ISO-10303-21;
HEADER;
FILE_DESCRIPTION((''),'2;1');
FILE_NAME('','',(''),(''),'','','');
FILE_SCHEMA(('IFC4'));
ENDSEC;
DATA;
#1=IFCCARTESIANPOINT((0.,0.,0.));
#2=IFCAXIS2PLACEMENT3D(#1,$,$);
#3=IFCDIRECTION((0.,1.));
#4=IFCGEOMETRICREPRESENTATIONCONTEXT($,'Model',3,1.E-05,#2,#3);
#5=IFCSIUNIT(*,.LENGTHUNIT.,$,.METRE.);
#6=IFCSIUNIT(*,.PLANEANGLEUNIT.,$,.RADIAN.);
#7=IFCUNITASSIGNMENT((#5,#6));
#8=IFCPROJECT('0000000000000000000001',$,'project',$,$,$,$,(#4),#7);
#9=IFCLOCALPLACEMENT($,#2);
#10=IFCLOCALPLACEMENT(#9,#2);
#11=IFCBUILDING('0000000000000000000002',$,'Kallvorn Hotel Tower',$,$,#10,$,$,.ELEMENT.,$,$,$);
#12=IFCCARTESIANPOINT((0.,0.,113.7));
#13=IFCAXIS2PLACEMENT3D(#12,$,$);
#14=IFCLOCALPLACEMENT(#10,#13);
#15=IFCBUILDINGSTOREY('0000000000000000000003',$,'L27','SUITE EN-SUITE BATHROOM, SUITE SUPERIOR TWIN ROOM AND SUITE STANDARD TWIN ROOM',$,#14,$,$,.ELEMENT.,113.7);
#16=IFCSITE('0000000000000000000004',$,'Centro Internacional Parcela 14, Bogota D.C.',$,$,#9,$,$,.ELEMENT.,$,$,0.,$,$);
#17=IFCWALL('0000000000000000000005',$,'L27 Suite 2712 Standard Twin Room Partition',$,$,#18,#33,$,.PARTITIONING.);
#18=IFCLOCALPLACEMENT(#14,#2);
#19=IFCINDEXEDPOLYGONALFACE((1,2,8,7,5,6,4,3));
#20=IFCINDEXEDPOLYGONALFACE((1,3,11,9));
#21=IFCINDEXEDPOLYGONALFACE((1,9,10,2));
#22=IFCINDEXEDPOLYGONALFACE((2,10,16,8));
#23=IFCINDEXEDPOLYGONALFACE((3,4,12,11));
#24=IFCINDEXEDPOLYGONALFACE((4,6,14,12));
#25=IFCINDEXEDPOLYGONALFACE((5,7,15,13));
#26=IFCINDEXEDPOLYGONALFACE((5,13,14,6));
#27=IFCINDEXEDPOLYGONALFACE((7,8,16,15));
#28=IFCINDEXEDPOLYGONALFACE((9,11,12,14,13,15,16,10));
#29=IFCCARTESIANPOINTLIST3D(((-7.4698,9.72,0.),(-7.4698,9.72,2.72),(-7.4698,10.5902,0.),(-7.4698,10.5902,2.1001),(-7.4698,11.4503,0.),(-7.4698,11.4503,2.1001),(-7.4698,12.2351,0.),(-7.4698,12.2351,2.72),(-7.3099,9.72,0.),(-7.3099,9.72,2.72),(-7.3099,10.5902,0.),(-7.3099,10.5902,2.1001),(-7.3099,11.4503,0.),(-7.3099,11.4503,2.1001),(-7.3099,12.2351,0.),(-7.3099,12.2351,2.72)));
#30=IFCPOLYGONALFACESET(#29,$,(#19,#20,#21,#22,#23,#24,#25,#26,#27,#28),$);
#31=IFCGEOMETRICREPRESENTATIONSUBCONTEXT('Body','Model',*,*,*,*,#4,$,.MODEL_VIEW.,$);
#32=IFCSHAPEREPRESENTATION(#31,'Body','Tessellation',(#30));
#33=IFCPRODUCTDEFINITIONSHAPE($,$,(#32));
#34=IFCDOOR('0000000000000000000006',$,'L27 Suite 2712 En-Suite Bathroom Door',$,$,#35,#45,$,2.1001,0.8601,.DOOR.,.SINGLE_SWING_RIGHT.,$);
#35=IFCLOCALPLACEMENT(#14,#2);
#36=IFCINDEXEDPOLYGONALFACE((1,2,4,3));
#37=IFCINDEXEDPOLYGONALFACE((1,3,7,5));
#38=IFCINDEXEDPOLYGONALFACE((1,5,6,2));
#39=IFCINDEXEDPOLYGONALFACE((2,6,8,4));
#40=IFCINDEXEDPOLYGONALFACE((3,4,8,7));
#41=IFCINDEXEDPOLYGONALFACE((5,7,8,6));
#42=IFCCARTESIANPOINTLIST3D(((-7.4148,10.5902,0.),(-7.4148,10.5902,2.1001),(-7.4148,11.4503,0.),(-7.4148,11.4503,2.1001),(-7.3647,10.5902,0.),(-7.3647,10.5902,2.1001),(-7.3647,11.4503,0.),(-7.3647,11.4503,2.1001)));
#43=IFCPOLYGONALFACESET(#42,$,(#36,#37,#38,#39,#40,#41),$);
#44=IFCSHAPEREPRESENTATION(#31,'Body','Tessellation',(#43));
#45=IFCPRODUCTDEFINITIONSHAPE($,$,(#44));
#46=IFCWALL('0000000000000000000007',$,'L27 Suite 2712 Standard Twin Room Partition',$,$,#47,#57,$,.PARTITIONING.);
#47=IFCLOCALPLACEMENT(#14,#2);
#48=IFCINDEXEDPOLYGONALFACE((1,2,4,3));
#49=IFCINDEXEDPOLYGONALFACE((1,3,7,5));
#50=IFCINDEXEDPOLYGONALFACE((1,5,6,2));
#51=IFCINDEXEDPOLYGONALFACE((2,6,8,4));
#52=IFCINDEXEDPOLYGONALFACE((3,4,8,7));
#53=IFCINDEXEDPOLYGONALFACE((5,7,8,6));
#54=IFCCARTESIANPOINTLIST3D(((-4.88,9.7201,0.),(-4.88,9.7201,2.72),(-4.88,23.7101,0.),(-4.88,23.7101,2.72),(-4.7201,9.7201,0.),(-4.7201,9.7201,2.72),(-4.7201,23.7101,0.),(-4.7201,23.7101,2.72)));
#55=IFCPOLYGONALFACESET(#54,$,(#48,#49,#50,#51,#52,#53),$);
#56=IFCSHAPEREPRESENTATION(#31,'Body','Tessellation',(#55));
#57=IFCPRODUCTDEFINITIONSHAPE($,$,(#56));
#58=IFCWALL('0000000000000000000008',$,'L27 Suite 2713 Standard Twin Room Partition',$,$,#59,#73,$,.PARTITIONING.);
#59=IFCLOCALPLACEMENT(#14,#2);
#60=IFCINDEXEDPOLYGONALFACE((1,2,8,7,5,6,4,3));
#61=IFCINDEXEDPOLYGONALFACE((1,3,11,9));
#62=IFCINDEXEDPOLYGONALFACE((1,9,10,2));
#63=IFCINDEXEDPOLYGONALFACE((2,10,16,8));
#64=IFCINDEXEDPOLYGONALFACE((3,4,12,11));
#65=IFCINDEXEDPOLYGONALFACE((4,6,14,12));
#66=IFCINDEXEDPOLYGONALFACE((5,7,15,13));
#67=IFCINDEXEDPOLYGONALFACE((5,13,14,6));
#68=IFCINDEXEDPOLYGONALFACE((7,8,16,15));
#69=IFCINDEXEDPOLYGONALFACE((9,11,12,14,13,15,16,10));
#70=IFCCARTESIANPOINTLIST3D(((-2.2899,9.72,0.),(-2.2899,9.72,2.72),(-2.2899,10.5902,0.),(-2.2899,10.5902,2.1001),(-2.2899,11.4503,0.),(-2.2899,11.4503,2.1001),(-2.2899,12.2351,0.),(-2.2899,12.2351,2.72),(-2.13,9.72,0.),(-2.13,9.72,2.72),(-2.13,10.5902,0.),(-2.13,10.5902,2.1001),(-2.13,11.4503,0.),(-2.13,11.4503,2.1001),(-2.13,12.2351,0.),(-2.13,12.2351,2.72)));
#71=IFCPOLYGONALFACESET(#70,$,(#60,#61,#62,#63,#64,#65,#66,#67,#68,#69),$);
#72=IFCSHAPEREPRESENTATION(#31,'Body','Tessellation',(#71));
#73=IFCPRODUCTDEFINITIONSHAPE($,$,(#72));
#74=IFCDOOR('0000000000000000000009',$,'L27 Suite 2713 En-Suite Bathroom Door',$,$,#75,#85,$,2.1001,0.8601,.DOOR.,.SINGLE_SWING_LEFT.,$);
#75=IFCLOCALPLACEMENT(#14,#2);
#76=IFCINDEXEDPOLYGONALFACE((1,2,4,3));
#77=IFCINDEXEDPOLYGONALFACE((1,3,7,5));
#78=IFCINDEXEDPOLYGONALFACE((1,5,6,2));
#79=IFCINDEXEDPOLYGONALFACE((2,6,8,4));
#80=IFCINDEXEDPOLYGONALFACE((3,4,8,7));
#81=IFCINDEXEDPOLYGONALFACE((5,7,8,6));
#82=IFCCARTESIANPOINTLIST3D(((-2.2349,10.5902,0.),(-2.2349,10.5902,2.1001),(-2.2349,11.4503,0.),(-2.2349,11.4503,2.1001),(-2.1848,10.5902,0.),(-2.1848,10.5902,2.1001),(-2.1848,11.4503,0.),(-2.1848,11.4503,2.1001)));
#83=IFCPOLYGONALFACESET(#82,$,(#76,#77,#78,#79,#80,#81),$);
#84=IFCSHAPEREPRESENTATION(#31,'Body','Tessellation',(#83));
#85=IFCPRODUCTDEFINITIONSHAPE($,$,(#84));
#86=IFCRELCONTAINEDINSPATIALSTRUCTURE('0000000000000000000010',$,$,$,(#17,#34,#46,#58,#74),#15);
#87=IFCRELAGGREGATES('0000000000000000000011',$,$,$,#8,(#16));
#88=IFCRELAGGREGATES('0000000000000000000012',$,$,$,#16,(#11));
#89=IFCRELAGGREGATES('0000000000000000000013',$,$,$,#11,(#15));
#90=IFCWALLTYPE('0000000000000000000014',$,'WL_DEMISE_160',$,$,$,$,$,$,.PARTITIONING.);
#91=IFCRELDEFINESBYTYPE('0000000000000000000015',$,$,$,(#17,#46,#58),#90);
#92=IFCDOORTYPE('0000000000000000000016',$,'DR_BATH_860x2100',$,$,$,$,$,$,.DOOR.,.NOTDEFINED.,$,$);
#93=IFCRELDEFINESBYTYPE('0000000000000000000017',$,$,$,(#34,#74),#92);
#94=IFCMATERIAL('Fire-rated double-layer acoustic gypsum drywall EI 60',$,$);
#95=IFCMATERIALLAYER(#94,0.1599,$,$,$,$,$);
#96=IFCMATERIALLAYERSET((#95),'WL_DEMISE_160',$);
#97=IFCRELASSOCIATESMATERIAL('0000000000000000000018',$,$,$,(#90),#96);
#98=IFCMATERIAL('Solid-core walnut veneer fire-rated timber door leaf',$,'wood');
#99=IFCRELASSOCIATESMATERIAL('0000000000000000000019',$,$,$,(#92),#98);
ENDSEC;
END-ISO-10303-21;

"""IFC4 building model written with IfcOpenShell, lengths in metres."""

from ifc_helpers import new_model, si_unit, direction, frame, frame_2d, origin, place, context, subcontext, project, spatial, rectangle, extrude, material, layer, layer_set, type_object, element, fill, save


model = new_model("IFC4")

# Units and contexts
model_context = context("Model", 3, precision=1e-05, world=origin(), true_north=direction((0.0, 1.0)))
body_context = subcontext(model_context, "Body", "Model", "MODEL_VIEW")
ifc_project = project(units=[si_unit("LENGTHUNIT", "METRE"), si_unit("PLANEANGLEUNIT", "RADIAN")], contexts=[model_context])

# Site, building, storey
site_placement = place(None, origin())
site = spatial("IfcSite", under=ifc_project, at=site_placement, Name="Centro Internacional Parcela 14, Bogota D.C.", CompositionType="ELEMENT", RefElevation=0.0)
building_placement = place(site_placement, origin())
building = spatial("IfcBuilding", under=site, at=building_placement, Name="Kallvorn Hotel Tower", CompositionType="ELEMENT")
storey_placement = place(building_placement, frame((0.0, 0.0, 113.7)))
storey = spatial("IfcBuildingStorey", under=building, at=storey_placement, Name="L27", Description="SUITE EN-SUITE BATHROOM, SUITE SUPERIOR TWIN ROOM AND SUITE STANDARD TWIN ROOM", CompositionType="ELEMENT", Elevation=113.7)

# Shared definitions
ifc_material_1 = material(Name="Fire-rated double-layer acoustic gypsum drywall EI 60")
ifc_layer_1 = layer(ifc_material_1, 0.1599)
ifc_layer_set_1 = layer_set([ifc_layer_1], Name="WL_DEMISE_160")
wall_type = type_object("IfcWallType", Name="WL_DEMISE_160", PredefinedType="PARTITIONING", material=ifc_layer_set_1)

# Wall, opening, door
wall_1_placement = place(storey_placement, frame((-7.3899, 9.72, 0.0), z_axis=(0.0, 0.0, 1.0), x_axis=(0.0, 1.0, 0.0)))
wall_1 = element("IfcWall", 1, at=wall_1_placement, inside=storey, type_object=wall_type, Name="L27 Suite 2712 Standard Twin Room Partition", PredefinedType="PARTITIONING", context=body_context, shape_type="SweptSolid", body=[
    extrude(rectangle(XDim=2.5151, YDim=0.1599, at=frame_2d((1.2576, 0.0))), origin(), (0.0, 0.0, 1.0), 2.72),
])
opening_1_placement = place(wall_1_placement, frame((0.8701, 0.0, 0.0)))
opening_1 = element("IfcOpeningElement", 2, at=opening_1_placement, cuts=wall_1, PredefinedType="OPENING", context=body_context, shape_type="SweptSolid", body=[
    extrude(rectangle(XDim=0.8601, YDim=2.1001, at=frame_2d((0.4302, 1.05))), frame((0.0, 0.095, 0.0), z_axis=(0.0, -1.0, 0.0), x_axis=(1.0, 0.0, 0.0)), (0.0, 0.0, 1.0), 0.1899),
])
ifc_material_2 = material(Name="Solid-core walnut veneer fire-rated timber door leaf", Category="wood")
door_type = type_object("IfcDoorType", Name="DR_BATH_860x2100", OperationType="NOTDEFINED", PredefinedType="DOOR", material=ifc_material_2)
door_1_placement = place(opening_1_placement, origin())
door_1 = element("IfcDoor", 3, at=door_1_placement, inside=storey, type_object=door_type, Name="L27 Suite 2712 En-Suite Bathroom Door", OperationType="SINGLE_SWING_RIGHT", OverallHeight=2.1001, OverallWidth=0.8601, PredefinedType="DOOR", context=body_context, shape_type="SweptSolid", body=[
    extrude(rectangle(XDim=0.8601, YDim=2.1001, at=frame_2d((0.4302, 1.05))), frame((0.0, 0.0249, 0.0), z_axis=(0.0, -1.0, 0.0), x_axis=(1.0, 0.0, 0.0)), (0.0, 0.0, 1.0), 0.05),
])
fill(opening_1, door_1)

# Wall
wall_2_placement = place(storey_placement, frame((-4.8, 9.72, 0.0), z_axis=(0.0, 0.0, 1.0), x_axis=(0.0, 1.0, 0.0)))
element("IfcWall", 4, at=wall_2_placement, inside=storey, type_object=wall_type, Name="L27 Suite 2712 Standard Twin Room Partition", PredefinedType="PARTITIONING", context=body_context, shape_type="SweptSolid", body=[
    extrude(rectangle(XDim=13.99, YDim=0.1599, at=frame_2d((6.9951, 0.0))), origin(), (0.0, 0.0, 1.0), 2.72),
])

# Wall, opening, door
wall_3_placement = place(storey_placement, frame((-2.21, 9.72, 0.0), z_axis=(0.0, 0.0, 1.0), x_axis=(0.0, 1.0, 0.0)))
wall_3 = element("IfcWall", 5, at=wall_3_placement, inside=storey, type_object=wall_type, Name="L27 Suite 2713 Standard Twin Room Partition", PredefinedType="PARTITIONING", context=body_context, shape_type="SweptSolid", body=[
    extrude(rectangle(XDim=2.5151, YDim=0.1599, at=frame_2d((1.2576, 0.0))), origin(), (0.0, 0.0, 1.0), 2.72),
])
opening_2_placement = place(wall_3_placement, frame((0.8701, 0.0, 0.0)))
opening_2 = element("IfcOpeningElement", 6, at=opening_2_placement, cuts=wall_3, PredefinedType="OPENING", context=body_context, shape_type="SweptSolid", body=[
    extrude(rectangle(XDim=0.8601, YDim=2.1001, at=frame_2d((0.4302, 1.05))), frame((0.0, 0.095, 0.0), z_axis=(0.0, -1.0, 0.0), x_axis=(1.0, 0.0, 0.0)), (0.0, 0.0, 1.0), 0.1899),
])
door_2_placement = place(opening_2_placement, origin())
door_2 = element("IfcDoor", 7, at=door_2_placement, inside=storey, type_object=door_type, Name="L27 Suite 2713 En-Suite Bathroom Door", OperationType="SINGLE_SWING_LEFT", OverallHeight=2.1001, OverallWidth=0.8601, PredefinedType="DOOR", context=body_context, shape_type="SweptSolid", body=[
    extrude(rectangle(XDim=0.8601, YDim=2.1001, at=frame_2d((0.4302, 1.05))), frame((0.0, 0.0249, 0.0), z_axis=(0.0, -1.0, 0.0), x_axis=(1.0, 0.0, 0.0)), (0.0, 0.0, 1.0), 0.05),
])
fill(opening_2, door_2)

save(model, "model.ifc")
